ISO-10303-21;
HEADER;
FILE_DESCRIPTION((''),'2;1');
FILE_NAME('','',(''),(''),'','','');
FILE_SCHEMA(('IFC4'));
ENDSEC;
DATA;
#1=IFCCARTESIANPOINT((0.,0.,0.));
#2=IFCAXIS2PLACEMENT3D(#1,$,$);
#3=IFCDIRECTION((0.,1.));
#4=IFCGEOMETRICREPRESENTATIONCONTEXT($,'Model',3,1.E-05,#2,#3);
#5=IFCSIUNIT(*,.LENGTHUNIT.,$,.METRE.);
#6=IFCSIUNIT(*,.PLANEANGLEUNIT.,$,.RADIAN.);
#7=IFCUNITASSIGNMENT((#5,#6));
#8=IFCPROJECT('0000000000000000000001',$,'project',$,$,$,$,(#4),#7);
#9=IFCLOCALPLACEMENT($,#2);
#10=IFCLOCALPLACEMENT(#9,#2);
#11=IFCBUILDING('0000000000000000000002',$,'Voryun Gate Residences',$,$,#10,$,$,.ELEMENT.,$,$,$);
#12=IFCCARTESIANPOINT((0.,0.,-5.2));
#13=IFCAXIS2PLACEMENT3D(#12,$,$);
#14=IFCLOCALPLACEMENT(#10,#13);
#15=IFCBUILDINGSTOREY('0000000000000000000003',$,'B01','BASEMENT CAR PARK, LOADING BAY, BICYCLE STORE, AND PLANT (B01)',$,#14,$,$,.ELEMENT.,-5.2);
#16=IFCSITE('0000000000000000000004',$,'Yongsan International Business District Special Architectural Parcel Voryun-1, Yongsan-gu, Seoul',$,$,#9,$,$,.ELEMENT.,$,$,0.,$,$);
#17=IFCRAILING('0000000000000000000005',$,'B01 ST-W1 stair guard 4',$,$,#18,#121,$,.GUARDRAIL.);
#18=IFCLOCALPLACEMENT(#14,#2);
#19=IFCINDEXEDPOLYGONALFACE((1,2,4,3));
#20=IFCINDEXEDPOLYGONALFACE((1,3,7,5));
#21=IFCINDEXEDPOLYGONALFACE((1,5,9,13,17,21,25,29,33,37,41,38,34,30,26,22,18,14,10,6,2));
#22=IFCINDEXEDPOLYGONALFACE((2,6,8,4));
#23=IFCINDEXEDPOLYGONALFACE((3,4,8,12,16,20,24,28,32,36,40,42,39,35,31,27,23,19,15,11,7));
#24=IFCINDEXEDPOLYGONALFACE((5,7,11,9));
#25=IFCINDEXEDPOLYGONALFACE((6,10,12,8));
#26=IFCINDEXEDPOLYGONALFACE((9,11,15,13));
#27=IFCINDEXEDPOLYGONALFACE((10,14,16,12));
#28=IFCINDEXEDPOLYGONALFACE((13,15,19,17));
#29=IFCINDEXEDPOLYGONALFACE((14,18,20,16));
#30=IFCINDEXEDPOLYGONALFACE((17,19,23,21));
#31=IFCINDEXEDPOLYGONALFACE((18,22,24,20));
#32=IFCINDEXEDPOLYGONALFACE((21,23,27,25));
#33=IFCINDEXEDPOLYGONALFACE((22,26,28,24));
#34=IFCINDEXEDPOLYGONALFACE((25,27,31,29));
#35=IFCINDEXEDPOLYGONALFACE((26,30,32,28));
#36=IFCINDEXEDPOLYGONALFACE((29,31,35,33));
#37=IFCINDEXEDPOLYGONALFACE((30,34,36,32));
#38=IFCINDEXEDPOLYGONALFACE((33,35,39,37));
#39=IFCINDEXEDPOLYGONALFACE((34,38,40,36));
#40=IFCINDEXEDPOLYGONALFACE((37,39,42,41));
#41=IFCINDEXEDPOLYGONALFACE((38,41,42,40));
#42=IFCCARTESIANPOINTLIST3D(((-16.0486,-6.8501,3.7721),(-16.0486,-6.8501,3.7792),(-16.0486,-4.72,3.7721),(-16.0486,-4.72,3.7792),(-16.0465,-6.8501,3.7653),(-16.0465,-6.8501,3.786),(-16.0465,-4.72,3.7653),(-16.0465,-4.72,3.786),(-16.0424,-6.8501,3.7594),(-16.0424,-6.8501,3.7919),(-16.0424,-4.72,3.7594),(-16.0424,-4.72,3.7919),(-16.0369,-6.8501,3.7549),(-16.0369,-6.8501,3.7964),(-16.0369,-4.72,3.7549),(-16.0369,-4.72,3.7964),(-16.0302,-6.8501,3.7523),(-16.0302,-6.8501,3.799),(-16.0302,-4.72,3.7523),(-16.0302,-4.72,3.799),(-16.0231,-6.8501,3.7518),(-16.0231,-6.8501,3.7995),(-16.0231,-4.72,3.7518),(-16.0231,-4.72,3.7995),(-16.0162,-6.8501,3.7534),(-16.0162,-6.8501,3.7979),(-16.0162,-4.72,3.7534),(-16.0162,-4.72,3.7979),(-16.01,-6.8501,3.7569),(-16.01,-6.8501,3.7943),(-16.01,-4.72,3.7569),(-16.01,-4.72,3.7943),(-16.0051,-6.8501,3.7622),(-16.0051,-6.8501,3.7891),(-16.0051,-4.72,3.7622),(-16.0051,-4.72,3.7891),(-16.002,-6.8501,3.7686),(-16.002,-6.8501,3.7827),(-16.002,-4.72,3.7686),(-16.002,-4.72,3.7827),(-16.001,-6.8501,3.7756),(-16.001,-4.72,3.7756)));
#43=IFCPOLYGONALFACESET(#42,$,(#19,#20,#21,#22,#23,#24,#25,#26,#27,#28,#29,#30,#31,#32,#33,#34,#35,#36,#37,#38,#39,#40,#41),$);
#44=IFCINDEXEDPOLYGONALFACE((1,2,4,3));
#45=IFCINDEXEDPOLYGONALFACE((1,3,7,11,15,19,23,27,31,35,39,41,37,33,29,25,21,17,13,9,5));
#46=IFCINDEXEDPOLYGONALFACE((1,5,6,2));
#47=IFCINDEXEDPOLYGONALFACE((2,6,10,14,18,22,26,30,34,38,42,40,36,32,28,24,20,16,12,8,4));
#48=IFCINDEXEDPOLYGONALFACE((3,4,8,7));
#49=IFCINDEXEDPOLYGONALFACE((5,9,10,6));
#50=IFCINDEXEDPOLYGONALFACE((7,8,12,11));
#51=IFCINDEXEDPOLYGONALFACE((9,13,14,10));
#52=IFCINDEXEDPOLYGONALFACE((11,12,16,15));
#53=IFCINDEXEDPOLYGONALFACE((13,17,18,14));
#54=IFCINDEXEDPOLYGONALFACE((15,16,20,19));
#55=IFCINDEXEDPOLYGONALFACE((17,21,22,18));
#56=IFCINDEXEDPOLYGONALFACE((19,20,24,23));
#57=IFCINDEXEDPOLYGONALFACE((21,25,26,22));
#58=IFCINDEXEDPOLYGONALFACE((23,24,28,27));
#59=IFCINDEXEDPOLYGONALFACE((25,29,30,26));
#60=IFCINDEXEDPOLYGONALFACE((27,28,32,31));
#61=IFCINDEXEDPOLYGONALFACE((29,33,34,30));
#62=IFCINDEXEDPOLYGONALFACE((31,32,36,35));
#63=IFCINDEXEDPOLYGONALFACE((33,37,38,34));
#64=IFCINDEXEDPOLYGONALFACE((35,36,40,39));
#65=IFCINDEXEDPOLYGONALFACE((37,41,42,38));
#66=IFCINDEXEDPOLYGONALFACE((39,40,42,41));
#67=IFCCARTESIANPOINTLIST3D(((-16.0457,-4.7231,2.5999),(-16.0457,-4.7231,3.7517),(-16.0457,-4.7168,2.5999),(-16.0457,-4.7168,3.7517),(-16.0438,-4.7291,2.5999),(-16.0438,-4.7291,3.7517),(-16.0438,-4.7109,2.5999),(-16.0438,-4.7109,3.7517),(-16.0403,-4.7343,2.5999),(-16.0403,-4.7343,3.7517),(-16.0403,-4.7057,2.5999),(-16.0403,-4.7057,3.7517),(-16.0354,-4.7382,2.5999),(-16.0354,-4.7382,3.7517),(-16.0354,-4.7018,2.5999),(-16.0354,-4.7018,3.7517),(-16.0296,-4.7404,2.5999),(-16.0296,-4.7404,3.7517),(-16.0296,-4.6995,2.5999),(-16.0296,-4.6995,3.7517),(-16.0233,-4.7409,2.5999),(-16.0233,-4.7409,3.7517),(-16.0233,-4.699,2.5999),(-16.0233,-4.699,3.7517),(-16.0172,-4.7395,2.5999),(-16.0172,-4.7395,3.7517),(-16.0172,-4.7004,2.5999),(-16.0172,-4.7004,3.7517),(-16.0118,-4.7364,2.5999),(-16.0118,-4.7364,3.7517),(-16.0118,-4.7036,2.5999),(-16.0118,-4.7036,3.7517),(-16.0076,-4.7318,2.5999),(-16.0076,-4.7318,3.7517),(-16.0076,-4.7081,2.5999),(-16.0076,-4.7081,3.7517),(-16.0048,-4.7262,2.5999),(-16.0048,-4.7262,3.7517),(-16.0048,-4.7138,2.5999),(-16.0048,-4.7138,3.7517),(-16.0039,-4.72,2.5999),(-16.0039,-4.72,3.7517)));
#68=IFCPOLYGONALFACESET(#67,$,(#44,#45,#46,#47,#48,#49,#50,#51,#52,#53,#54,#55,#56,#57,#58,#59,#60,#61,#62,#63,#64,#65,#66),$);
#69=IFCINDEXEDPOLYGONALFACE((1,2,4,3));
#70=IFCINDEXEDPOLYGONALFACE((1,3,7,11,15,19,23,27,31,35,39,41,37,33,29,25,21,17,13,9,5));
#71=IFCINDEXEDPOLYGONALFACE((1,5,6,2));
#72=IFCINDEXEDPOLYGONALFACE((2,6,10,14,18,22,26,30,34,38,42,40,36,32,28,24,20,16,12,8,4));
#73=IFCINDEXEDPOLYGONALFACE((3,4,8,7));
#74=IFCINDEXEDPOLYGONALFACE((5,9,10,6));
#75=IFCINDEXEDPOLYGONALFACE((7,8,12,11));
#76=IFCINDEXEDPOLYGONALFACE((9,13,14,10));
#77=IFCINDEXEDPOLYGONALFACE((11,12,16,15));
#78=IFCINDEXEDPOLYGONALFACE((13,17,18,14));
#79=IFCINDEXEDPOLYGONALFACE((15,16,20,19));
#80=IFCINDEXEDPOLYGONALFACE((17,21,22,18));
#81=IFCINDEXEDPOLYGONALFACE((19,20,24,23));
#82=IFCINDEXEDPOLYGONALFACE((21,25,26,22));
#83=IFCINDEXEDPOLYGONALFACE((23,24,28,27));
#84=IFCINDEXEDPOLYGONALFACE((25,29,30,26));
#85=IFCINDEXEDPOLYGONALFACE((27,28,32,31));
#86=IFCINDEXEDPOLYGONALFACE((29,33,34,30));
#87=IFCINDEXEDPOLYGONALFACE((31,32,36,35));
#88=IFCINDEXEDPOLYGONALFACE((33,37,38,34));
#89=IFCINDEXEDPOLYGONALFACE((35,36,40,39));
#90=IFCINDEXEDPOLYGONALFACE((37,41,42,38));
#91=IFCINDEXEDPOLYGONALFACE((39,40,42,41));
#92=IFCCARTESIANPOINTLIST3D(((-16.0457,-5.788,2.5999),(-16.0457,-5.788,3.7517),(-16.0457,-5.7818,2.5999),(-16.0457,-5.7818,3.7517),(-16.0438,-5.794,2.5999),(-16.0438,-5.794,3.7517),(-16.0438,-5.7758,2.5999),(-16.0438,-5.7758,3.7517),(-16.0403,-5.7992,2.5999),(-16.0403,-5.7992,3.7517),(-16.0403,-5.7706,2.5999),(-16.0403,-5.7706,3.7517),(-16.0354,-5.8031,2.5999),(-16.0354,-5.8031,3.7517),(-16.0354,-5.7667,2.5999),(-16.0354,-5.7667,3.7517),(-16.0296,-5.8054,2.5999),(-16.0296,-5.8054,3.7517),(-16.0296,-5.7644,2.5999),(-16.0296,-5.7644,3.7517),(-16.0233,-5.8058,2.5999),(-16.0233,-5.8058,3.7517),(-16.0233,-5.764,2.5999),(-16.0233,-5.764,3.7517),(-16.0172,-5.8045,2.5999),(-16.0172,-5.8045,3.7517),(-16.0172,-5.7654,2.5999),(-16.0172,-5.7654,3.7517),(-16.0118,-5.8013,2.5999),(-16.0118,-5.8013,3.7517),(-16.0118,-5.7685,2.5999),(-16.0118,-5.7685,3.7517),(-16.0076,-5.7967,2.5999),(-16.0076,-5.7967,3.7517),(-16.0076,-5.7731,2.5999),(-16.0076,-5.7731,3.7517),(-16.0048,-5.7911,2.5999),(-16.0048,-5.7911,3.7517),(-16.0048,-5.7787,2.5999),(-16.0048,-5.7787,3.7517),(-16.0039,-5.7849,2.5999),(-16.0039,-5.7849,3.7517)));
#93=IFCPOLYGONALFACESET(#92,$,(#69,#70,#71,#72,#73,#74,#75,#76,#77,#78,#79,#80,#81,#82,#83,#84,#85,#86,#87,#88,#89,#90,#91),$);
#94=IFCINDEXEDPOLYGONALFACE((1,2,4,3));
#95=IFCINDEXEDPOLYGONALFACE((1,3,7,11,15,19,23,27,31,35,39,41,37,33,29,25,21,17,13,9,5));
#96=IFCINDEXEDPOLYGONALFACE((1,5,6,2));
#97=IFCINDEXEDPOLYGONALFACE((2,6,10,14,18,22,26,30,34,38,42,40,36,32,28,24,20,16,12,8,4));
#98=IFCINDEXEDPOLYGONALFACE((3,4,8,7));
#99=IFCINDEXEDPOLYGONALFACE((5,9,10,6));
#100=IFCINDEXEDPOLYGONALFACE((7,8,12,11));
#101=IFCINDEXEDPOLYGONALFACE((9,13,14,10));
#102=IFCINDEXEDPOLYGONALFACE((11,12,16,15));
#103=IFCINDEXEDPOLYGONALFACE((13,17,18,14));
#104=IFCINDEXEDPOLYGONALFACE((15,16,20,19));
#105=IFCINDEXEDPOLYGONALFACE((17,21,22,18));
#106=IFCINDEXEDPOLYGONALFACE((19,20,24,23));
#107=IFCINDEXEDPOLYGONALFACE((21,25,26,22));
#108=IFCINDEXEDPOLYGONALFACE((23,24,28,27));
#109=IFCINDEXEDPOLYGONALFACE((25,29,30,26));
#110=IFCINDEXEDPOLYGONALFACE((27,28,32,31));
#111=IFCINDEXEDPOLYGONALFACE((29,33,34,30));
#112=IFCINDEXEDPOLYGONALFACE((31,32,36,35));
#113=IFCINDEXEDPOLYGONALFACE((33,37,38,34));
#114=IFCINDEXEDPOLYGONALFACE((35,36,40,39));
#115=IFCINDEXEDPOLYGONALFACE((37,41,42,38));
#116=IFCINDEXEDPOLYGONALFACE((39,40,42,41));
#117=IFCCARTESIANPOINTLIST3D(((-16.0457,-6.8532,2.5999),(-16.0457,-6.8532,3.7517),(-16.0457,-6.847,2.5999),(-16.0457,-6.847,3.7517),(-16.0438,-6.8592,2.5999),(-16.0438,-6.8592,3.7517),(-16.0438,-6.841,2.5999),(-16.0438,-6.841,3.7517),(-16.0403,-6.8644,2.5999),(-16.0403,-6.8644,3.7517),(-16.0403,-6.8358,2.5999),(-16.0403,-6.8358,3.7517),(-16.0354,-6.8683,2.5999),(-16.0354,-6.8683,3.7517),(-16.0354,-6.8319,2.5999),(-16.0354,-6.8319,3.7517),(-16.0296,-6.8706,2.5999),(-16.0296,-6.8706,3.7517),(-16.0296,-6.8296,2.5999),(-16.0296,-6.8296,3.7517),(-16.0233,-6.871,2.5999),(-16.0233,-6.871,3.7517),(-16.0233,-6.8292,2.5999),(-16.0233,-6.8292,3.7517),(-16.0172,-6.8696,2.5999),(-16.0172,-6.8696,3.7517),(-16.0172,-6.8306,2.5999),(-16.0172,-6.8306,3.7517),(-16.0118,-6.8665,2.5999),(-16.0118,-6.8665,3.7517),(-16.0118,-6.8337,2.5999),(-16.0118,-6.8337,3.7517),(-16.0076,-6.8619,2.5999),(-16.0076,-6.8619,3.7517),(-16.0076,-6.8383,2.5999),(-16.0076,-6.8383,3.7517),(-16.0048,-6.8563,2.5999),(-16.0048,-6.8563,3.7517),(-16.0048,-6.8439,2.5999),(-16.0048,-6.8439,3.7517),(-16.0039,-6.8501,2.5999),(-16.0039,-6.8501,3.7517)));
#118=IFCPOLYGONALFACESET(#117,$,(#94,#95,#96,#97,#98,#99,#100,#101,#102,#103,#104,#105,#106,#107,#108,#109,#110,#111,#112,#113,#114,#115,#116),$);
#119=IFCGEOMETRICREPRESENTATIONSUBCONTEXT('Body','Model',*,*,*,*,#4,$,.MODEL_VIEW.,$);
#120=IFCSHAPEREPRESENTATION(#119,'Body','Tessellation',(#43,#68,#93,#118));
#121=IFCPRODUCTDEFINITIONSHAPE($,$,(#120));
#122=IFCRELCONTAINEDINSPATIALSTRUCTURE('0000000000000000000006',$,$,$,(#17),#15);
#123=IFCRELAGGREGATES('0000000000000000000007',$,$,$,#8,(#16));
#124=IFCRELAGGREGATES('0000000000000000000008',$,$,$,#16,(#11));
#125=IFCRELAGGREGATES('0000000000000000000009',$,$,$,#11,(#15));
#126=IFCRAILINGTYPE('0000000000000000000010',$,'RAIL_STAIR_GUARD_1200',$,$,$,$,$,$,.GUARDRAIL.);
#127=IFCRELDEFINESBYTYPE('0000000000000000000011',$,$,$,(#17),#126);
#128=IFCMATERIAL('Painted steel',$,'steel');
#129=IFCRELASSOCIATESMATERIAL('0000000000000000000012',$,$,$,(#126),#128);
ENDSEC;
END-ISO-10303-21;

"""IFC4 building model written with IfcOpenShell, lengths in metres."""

from ifc_helpers import new_model, si_unit, direction, frame, origin, origin_2d, place, context, subcontext, project, spatial, circle, extrude, material, type_object, element, save


model = new_model("IFC4")

# Units and contexts
model_context = context("Model", 3, precision=1e-05, world=origin(), true_north=direction((0.0, 1.0)))
body_context = subcontext(model_context, "Body", "Model", "MODEL_VIEW")
ifc_project = project(units=[si_unit("LENGTHUNIT", "METRE"), si_unit("PLANEANGLEUNIT", "RADIAN")], contexts=[model_context])

# Site, building, storey
site_placement = place(None, origin())
site = spatial("IfcSite", under=ifc_project, at=site_placement, Name="Yongsan International Business District Special Architectural Parcel Voryun-1, Yongsan-gu, Seoul", CompositionType="ELEMENT", RefElevation=0.0)
building_placement = place(site_placement, origin())
building = spatial("IfcBuilding", under=site, at=building_placement, Name="Voryun Gate Residences", CompositionType="ELEMENT")
storey_placement = place(building_placement, frame((0.0, 0.0, -5.2)))
storey = spatial("IfcBuildingStorey", under=building, at=storey_placement, Name="B01", Description="BASEMENT CAR PARK, LOADING BAY, BICYCLE STORE, AND PLANT (B01)", CompositionType="ELEMENT", Elevation=-5.2)

# Railing
ifc_material_1 = material(Name="Painted steel", Category="steel")
railing_type_1 = type_object("IfcRailingType", Name="RAIL_STAIR_GUARD_1200", PredefinedType="GUARDRAIL", material=ifc_material_1)
railing_1_placement = place(storey_placement, frame((-16.0249, -4.72, 2.5999)))
element("IfcRailing", 1, at=railing_1_placement, inside=storey, type_object=railing_type_1, Name="B01 ST-W1 stair guard 4", PredefinedType="GUARDRAIL", context=body_context, shape_type="SweptSolid", body=[
    extrude(circle(Radius=0.0239, at=origin_2d()), frame((0.0, 0.0, 1.1758), z_axis=(0.0, -1.0, 0.0), x_axis=(1.0, 0.0, 0.0)), (0.0, 0.0, 1.0), 2.1301),
    extrude(circle(Radius=0.021, at=origin_2d()), origin(), (0.0, 0.0, 1.0), 1.1519),
    extrude(circle(Radius=0.021, at=origin_2d()), frame((0.0, -1.0649, 0.0)), (0.0, 0.0, 1.0), 1.1519),
    extrude(circle(Radius=0.021, at=origin_2d()), frame((0.0, -2.1301, 0.0)), (0.0, 0.0, 1.0), 1.1519),
])

save(model, "model.ifc")
